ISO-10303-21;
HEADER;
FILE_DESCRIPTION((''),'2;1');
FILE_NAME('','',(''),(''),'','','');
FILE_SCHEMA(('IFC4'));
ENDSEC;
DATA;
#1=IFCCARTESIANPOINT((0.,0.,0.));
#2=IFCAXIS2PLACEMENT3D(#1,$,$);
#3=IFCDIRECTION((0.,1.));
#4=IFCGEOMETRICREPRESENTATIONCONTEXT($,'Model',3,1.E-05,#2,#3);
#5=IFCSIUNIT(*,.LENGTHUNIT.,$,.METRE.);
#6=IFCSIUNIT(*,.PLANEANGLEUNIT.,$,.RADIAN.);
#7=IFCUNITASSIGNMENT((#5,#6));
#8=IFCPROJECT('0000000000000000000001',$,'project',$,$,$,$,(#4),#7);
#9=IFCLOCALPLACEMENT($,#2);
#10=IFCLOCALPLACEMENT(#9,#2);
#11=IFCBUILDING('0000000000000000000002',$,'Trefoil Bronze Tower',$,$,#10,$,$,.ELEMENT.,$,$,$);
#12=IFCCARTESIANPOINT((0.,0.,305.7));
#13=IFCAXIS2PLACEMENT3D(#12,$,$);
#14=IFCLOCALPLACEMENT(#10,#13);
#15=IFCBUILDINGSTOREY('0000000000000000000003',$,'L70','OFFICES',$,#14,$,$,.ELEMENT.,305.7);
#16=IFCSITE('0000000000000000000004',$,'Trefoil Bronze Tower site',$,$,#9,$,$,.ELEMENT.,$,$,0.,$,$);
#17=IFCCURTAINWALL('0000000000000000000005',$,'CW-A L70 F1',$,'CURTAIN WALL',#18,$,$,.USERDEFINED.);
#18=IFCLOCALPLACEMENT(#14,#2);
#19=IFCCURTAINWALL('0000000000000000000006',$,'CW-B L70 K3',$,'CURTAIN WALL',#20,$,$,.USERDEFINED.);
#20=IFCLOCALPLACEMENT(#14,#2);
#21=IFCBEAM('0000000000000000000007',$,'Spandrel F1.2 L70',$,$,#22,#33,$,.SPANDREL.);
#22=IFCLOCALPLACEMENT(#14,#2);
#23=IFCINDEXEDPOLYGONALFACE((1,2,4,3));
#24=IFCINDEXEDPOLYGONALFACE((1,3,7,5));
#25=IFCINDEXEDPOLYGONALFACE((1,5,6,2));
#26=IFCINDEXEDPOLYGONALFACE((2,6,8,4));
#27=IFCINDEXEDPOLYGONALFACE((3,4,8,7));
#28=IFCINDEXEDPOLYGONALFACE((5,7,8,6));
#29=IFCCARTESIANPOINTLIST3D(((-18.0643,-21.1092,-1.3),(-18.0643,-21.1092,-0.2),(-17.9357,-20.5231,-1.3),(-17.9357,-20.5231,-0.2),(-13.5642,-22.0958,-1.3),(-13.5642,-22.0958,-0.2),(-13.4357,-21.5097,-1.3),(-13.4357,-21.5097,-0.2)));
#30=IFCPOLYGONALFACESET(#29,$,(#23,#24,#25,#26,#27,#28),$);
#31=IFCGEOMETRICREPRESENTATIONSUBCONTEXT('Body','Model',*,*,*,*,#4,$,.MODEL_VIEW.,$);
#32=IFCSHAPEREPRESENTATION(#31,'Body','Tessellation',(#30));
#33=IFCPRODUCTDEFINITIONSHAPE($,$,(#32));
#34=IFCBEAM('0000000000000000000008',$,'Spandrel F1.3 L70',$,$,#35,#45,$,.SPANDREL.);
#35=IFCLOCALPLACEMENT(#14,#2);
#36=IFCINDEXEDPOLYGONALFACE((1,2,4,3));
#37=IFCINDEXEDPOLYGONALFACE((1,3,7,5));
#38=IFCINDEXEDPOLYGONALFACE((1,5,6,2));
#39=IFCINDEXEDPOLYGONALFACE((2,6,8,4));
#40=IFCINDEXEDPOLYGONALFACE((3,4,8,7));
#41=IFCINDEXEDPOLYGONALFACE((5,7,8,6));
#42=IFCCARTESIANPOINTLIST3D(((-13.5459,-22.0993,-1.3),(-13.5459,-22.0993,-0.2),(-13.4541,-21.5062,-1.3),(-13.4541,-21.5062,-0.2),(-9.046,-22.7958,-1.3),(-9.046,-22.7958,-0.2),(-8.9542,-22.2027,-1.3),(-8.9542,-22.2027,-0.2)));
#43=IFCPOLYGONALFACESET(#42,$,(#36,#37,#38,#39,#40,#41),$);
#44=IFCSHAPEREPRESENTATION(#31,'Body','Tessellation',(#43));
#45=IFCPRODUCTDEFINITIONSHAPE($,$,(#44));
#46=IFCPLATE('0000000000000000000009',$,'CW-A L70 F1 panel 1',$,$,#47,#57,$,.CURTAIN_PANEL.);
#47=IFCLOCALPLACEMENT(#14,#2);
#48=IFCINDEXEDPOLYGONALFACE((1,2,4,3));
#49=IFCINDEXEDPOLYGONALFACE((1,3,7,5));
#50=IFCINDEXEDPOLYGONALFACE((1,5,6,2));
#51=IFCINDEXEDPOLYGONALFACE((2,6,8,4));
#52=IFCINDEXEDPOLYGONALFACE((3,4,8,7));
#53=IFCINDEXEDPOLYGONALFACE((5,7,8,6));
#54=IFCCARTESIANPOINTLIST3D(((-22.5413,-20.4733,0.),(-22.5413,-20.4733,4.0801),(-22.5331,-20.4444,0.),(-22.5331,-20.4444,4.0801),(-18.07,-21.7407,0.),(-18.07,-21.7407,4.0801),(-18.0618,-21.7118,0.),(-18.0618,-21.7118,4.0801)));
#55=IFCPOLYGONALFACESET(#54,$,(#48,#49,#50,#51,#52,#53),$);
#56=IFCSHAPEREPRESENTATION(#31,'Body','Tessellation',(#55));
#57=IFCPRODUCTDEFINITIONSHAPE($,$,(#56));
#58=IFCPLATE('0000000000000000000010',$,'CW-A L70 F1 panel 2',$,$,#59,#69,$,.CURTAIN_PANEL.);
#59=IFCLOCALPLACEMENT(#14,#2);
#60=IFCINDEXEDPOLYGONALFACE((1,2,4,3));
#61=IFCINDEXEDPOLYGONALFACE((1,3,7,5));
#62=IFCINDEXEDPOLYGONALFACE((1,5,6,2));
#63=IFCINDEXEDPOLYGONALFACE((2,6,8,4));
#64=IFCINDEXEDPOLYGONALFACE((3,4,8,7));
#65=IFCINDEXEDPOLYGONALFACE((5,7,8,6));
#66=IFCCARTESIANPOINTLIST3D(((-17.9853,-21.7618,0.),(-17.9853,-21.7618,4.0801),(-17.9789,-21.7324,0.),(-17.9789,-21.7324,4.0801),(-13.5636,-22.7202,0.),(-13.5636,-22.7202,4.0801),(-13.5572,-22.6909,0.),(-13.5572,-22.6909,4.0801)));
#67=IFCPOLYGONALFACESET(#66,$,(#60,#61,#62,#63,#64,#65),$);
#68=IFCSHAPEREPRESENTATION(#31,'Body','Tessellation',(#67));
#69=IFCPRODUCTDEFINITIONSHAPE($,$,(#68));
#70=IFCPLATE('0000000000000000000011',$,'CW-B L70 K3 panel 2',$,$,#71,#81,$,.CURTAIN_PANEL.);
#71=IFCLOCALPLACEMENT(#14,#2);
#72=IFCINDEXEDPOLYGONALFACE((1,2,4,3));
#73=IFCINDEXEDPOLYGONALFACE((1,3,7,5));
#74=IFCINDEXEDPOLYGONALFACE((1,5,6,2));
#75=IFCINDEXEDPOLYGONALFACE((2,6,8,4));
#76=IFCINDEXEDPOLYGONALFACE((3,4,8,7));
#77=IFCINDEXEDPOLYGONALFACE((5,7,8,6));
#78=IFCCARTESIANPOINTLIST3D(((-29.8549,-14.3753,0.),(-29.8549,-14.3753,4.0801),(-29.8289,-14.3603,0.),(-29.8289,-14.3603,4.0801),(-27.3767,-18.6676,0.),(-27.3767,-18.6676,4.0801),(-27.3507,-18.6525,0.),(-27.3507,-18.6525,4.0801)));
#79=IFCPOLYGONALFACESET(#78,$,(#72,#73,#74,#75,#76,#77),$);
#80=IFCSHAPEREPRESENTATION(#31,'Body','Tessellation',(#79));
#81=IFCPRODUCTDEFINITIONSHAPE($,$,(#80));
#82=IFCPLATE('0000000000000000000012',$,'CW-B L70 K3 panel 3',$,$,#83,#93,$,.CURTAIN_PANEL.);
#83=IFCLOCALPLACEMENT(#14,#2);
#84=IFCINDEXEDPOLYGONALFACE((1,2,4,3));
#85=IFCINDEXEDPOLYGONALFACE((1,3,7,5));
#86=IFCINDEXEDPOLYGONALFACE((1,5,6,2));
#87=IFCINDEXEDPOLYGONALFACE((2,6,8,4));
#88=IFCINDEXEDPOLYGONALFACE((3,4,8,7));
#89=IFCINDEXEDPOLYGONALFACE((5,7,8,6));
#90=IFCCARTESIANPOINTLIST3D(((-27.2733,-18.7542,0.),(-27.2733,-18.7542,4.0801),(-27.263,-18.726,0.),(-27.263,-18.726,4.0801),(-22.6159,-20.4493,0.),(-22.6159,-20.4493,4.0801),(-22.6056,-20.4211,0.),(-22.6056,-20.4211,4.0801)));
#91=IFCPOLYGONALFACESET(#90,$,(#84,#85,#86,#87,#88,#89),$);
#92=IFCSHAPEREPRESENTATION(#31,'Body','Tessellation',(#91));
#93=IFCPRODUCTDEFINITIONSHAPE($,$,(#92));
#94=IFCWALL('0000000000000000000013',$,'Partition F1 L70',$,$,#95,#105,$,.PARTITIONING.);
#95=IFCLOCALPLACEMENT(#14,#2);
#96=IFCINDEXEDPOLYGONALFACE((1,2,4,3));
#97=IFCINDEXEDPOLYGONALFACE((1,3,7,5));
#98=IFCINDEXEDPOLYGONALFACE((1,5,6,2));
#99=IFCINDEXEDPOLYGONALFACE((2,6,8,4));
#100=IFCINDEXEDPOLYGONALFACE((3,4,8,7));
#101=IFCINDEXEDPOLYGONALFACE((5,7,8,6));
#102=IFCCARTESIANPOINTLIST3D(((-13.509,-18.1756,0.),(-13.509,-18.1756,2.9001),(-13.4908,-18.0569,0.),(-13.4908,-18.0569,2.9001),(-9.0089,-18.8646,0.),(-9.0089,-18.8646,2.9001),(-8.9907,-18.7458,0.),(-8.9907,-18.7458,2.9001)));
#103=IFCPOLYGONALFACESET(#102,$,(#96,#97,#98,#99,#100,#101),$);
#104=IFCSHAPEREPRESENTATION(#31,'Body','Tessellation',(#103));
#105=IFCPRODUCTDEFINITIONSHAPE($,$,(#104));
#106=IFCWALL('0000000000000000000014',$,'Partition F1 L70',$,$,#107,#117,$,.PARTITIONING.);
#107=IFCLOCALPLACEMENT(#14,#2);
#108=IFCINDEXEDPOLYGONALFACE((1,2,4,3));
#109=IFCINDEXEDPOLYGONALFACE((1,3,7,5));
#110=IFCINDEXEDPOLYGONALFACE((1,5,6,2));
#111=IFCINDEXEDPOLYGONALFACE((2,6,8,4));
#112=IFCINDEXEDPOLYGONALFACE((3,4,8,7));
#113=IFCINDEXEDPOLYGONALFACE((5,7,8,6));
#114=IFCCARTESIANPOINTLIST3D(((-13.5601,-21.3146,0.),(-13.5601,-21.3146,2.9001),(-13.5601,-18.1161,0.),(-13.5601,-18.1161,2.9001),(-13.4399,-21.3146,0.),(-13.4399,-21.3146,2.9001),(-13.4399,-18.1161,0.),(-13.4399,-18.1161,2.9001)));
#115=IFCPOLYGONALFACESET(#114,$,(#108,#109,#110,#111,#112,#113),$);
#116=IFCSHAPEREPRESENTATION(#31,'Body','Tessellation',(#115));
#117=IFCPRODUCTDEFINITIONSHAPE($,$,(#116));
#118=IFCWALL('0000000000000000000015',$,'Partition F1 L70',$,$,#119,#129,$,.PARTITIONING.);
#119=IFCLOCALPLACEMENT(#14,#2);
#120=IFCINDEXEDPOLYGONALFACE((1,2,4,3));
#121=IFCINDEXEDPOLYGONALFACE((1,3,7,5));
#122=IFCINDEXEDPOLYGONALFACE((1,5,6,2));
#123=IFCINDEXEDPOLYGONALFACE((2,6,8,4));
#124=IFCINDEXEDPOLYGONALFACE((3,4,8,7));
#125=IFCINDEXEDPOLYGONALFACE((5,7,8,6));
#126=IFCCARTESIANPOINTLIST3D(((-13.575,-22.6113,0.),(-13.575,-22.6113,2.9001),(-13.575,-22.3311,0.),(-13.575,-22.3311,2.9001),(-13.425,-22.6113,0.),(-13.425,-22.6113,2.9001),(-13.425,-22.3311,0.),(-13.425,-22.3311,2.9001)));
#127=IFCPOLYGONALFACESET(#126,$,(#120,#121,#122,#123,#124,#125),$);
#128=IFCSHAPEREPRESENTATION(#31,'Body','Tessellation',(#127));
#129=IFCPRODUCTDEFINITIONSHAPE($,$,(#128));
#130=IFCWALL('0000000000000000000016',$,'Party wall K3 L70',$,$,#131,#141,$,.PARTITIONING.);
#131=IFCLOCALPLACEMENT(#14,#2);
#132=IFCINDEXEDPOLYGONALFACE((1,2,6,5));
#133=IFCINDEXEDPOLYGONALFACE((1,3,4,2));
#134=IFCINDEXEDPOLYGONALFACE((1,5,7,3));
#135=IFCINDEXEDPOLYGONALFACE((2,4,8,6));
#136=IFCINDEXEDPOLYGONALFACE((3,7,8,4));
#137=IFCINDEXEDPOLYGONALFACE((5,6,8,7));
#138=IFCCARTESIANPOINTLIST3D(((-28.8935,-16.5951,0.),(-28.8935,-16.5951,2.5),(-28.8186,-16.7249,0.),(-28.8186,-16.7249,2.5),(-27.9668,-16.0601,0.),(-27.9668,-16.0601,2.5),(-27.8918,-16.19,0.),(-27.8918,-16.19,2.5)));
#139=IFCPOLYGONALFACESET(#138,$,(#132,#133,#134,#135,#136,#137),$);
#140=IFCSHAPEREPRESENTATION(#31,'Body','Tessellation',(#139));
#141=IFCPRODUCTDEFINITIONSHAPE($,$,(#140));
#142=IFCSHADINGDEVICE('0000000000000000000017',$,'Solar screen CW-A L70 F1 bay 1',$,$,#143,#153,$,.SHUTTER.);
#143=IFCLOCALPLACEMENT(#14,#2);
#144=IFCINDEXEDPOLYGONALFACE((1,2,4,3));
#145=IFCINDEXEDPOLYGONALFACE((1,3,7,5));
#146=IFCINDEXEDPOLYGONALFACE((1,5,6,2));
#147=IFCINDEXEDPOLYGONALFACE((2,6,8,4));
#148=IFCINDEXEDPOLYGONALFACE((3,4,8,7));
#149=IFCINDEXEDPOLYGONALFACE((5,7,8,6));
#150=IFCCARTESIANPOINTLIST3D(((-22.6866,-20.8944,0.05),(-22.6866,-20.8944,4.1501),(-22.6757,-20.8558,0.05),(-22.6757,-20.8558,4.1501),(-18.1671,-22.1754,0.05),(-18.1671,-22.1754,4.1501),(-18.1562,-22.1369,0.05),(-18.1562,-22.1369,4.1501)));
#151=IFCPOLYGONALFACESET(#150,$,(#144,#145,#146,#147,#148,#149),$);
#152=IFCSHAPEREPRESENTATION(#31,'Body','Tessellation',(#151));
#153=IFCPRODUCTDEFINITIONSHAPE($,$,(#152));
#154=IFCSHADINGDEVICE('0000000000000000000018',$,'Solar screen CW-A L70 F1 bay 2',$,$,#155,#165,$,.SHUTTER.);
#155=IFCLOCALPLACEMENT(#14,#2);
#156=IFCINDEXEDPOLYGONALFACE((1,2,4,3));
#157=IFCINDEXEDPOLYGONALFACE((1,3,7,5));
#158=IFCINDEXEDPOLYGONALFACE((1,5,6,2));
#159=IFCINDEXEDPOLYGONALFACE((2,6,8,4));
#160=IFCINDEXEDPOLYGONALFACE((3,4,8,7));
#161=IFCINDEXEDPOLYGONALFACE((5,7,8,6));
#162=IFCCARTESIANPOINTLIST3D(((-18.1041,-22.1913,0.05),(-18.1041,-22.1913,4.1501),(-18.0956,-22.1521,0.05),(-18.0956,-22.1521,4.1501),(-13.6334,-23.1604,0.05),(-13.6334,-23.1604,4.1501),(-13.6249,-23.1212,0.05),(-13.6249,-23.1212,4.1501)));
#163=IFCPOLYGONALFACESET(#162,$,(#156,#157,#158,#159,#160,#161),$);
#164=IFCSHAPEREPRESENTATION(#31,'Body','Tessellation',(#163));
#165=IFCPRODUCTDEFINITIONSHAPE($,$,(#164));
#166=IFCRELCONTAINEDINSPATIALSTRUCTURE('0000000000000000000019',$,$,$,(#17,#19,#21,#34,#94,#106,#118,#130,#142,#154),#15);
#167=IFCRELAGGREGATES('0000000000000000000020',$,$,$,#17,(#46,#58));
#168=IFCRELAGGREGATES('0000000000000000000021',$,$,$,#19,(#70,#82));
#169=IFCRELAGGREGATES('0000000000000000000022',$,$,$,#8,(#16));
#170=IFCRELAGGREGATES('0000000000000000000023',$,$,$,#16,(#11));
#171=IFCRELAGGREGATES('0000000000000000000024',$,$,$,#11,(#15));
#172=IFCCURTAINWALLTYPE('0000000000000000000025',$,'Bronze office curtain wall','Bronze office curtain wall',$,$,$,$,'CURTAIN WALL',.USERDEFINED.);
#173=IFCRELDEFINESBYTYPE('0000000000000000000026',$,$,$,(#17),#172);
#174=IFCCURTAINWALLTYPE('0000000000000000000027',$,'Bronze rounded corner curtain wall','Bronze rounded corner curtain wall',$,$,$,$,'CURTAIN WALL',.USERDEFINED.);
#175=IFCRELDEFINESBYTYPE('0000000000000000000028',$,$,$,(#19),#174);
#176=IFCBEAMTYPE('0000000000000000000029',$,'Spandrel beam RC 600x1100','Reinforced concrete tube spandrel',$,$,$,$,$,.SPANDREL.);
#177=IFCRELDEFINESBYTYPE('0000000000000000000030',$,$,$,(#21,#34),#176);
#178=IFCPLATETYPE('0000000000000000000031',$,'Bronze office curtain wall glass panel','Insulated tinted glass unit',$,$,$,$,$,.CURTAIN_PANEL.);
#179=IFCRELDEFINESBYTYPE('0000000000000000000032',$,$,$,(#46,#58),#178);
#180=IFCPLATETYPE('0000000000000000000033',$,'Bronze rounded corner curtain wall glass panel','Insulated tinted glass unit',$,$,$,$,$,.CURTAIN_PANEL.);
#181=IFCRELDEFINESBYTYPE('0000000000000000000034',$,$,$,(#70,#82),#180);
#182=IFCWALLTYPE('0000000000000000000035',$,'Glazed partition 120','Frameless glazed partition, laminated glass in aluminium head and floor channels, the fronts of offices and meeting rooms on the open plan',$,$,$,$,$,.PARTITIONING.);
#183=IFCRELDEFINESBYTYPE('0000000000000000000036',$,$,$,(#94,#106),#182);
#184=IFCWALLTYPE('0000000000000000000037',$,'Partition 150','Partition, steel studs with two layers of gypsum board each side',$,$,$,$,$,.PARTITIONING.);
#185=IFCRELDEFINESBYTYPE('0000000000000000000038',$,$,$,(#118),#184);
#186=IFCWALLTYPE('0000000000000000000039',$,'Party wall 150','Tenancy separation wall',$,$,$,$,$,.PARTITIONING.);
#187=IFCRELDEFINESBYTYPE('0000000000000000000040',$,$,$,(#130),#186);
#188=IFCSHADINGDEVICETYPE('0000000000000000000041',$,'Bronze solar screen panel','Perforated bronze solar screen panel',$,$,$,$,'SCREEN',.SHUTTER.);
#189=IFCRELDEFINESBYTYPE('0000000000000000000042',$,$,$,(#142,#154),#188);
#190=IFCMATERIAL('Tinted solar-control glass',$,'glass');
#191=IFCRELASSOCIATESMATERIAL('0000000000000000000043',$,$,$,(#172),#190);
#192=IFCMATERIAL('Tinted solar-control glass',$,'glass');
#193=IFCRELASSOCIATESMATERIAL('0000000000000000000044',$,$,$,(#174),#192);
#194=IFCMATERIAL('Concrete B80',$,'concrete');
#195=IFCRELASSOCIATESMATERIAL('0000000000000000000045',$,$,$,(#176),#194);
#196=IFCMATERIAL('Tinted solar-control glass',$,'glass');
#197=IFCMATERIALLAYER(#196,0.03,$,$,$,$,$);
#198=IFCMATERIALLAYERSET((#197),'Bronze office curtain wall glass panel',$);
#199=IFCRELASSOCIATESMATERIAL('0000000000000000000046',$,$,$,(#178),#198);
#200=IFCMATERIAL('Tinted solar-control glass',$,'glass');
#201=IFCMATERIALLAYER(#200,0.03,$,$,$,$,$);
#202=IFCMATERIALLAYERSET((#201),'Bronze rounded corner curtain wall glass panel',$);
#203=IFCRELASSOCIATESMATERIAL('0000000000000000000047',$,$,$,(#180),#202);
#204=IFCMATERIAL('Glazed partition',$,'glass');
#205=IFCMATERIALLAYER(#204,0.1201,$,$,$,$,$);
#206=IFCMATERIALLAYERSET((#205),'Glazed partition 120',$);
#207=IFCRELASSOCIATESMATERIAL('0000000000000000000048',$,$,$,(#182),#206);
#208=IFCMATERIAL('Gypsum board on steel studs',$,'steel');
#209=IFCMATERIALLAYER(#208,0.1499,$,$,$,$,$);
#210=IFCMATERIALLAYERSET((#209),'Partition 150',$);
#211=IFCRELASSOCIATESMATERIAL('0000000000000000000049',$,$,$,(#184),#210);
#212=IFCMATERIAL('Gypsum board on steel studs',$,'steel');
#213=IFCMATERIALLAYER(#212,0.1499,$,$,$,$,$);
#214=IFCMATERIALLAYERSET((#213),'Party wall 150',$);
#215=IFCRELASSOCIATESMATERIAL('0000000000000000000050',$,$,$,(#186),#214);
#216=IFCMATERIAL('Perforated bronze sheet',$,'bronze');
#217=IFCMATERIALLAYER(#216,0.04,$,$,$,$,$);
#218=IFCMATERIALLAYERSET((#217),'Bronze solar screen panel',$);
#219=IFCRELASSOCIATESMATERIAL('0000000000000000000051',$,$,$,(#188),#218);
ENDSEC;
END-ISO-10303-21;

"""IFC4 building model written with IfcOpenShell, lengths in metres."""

from ifc_helpers import new_model, si_unit, direction, frame, frame_2d, origin, origin_2d, place, context, subcontext, project, spatial, rectangle, extrude, material, layer, layer_set, material_profile, profile_set, type_object, element, aggregate, save


model = new_model("IFC4")

# Units and contexts
model_context = context("Model", 3, precision=1e-05, world=origin(), true_north=direction((0.0, 1.0)))
body_context = subcontext(model_context, "Body", "Model", "MODEL_VIEW")
ifc_project = project(units=[si_unit("LENGTHUNIT", "METRE"), si_unit("PLANEANGLEUNIT", "RADIAN")], contexts=[model_context])

# Site, building, storey
site_placement = place(None, origin())
site = spatial("IfcSite", under=ifc_project, at=site_placement, Name="Trefoil Bronze Tower site", CompositionType="ELEMENT", RefElevation=0.0)
building_placement = place(site_placement, origin())
building = spatial("IfcBuilding", under=site, at=building_placement, Name="Trefoil Bronze Tower", CompositionType="ELEMENT")
storey_placement = place(building_placement, frame((0.0, 0.0, 305.7)))
storey = spatial("IfcBuildingStorey", under=building, at=storey_placement, Name="L70", Description="OFFICES", CompositionType="ELEMENT", Elevation=305.7)

# Curtain walls
ifc_material_1 = material(Name="Tinted solar-control glass", Category="glass")
curtain_wall_type_1 = type_object("IfcCurtainWallType", Name="Bronze office curtain wall", Description="Bronze office curtain wall", ElementType="CURTAIN WALL", PredefinedType="USERDEFINED", material=ifc_material_1)
curtain_wall_1_placement = place(storey_placement, origin())
curtain_wall_1 = element("IfcCurtainWall", 1, at=curtain_wall_1_placement, inside=storey, type_object=curtain_wall_type_1, Name="CW-A L70 F1", ObjectType="CURTAIN WALL", PredefinedType="USERDEFINED")
ifc_material_2 = material(Name="Tinted solar-control glass", Category="glass")
curtain_wall_type_2 = type_object("IfcCurtainWallType", Name="Bronze rounded corner curtain wall", Description="Bronze rounded corner curtain wall", ElementType="CURTAIN WALL", PredefinedType="USERDEFINED", material=ifc_material_2)
curtain_wall_2_placement = place(storey_placement, origin())
curtain_wall_2 = element("IfcCurtainWall", 2, at=curtain_wall_2_placement, inside=storey, type_object=curtain_wall_type_2, Name="CW-B L70 K3", ObjectType="CURTAIN WALL", PredefinedType="USERDEFINED")

# Beams
ifc_material_3 = material(Name="Concrete B80", Category="concrete")
ifc_material_profile_1 = material_profile(ifc_material_3, rectangle(XDim=0.6001, YDim=1.1001, at=origin_2d()), Name="RC 600x1100")
ifc_profile_set_1 = profile_set([ifc_material_profile_1], Name="Concrete B80")
beam_type_1 = type_object("IfcBeamType", Name="Spandrel beam RC 600x1100", Description="Reinforced concrete tube spandrel", PredefinedType="SPANDREL", material=ifc_profile_set_1)
beam_1_placement = place(storey_placement, frame((-18.0, -20.8162, -0.75), z_axis=(0.9768, -0.214152, 0.0), x_axis=(0.214152, 0.9768, 0.0)))
element("IfcBeam", 3, at=beam_1_placement, inside=storey, type_object=beam_type_1, Name="Spandrel F1.2 L70", PredefinedType="SPANDREL", context=body_context, shape_type="SweptSolid", body=[
    extrude(rectangle(XDim=0.6001, YDim=1.1001, at=origin_2d()), origin(), (0.0, 0.0, 1.0), 4.6069),
])
beam_2_placement = place(storey_placement, frame((-13.5, -21.8027, -0.75), z_axis=(0.988232, -0.152964, 0.0), x_axis=(0.152964, 0.988232, 0.0)))
element("IfcBeam", 4, at=beam_2_placement, inside=storey, type_object=beam_type_1, Name="Spandrel F1.3 L70", PredefinedType="SPANDREL", context=body_context, shape_type="SweptSolid", body=[
    extrude(rectangle(XDim=0.6001, YDim=1.1001, at=origin_2d()), origin(), (0.0, 0.0, 1.0), 4.5535),
])

# Plates
ifc_material_4 = material(Name="Tinted solar-control glass", Category="glass")
ifc_layer_1 = layer(ifc_material_4, 0.03)
ifc_layer_set_1 = layer_set([ifc_layer_1], Name="Bronze office curtain wall glass panel")
plate_type_1 = type_object("IfcPlateType", Name="Bronze office curtain wall glass panel", Description="Insulated tinted glass unit", PredefinedType="CURTAIN_PANEL", material=ifc_layer_set_1)
plate_1_placement = place(storey_placement, frame((-20.3015, -21.0925, 0.0), z_axis=(0.0, 0.0, 1.0), x_axis=(0.962098, -0.272705, 0.0)))
plate_1 = element("IfcPlate", 5, at=plate_1_placement, type_object=plate_type_1, Name="CW-A L70 F1 panel 1", PredefinedType="CURTAIN_PANEL", context=body_context, shape_type="SweptSolid", body=[
    extrude(rectangle(XDim=4.6475, YDim=0.03, at=origin_2d()), origin(), (0.0, 0.0, 1.0), 4.0801),
])
plate_2_placement = place(storey_placement, frame((-15.7712, -22.2263, 0.0), z_axis=(0.0, 0.0, 1.0), x_axis=(0.977303, -0.211846, 0.0)))
plate_2 = element("IfcPlate", 6, at=plate_2_placement, type_object=plate_type_1, Name="CW-A L70 F1 panel 2", PredefinedType="CURTAIN_PANEL", context=body_context, shape_type="SweptSolid", body=[
    extrude(rectangle(XDim=4.5244, YDim=0.03, at=origin_2d()), origin(), (0.0, 0.0, 1.0), 4.0801),
])
aggregate(curtain_wall_1, [plate_1, plate_2])
ifc_material_5 = material(Name="Tinted solar-control glass", Category="glass")
ifc_layer_2 = layer(ifc_material_5, 0.03)
ifc_layer_set_2 = layer_set([ifc_layer_2], Name="Bronze rounded corner curtain wall glass panel")
plate_type_2 = type_object("IfcPlateType", Name="Bronze rounded corner curtain wall glass panel", Description="Insulated tinted glass unit", PredefinedType="CURTAIN_PANEL", material=ifc_layer_set_2)
plate_3_placement = place(storey_placement, frame((-28.6028, -16.5139, 0.0), z_axis=(0.0, 0.0, 1.0), x_axis=(0.5, -0.866025, 0.0)))
plate_3 = element("IfcPlate", 7, at=plate_3_placement, type_object=plate_type_2, Name="CW-B L70 K3 panel 2", PredefinedType="CURTAIN_PANEL", context=body_context, shape_type="SweptSolid", body=[
    extrude(rectangle(XDim=4.9563, YDim=0.03, at=origin_2d()), origin(), (0.0, 0.0, 1.0), 4.0801),
])
plate_4_placement = place(storey_placement, frame((-24.9395, -19.5876, 0.0), z_axis=(0.0, 0.0, 1.0), x_axis=(0.939693, -0.34202, 0.0)))
plate_4 = element("IfcPlate", 8, at=plate_4_placement, type_object=plate_type_2, Name="CW-B L70 K3 panel 3", PredefinedType="CURTAIN_PANEL", context=body_context, shape_type="SweptSolid", body=[
    extrude(rectangle(XDim=4.9563, YDim=0.03, at=origin_2d()), origin(), (0.0, 0.0, 1.0), 4.0801),
])
aggregate(curtain_wall_2, [plate_3, plate_4])

# Walls
ifc_material_6 = material(Name="Glazed partition", Category="glass")
ifc_layer_3 = layer(ifc_material_6, 0.1201)
ifc_layer_set_3 = layer_set([ifc_layer_3], Name="Glazed partition 120")
wall_type_1 = type_object("IfcWallType", Name="Glazed partition 120", Description="Frameless glazed partition, laminated glass in aluminium head and floor channels, the fronts of offices and meeting rooms on the open plan", PredefinedType="PARTITIONING", material=ifc_layer_set_3)
wall_1_placement = place(storey_placement, frame((-13.5, -18.1162, 0.0), z_axis=(0.0, 0.0, 1.0), x_axis=(0.988482, -0.15134, 0.0)))
element("IfcWall", 9, at=wall_1_placement, inside=storey, type_object=wall_type_1, Name="Partition F1 L70", PredefinedType="PARTITIONING", context=body_context, shape_type="SweptSolid", body=[
    extrude(rectangle(XDim=4.5525, YDim=0.1201, at=frame_2d((2.2764, 0.0))), origin(), (0.0, 0.0, 1.0), 2.9001),
])
wall_2_placement = place(storey_placement, frame((-13.5, -18.1162, 0.0), z_axis=(0.0, 0.0, 1.0), x_axis=(0.0, -1.0, 0.0)))
element("IfcWall", 10, at=wall_2_placement, inside=storey, type_object=wall_type_1, Name="Partition F1 L70", PredefinedType="PARTITIONING", context=body_context, shape_type="SweptSolid", body=[
    extrude(rectangle(XDim=3.1985, YDim=0.1201, at=frame_2d((1.5991, 0.0))), origin(), (0.0, 0.0, 1.0), 2.9001),
])
ifc_material_7 = material(Name="Gypsum board on steel studs", Category="steel")
ifc_layer_4 = layer(ifc_material_7, 0.1499)
ifc_layer_set_4 = layer_set([ifc_layer_4], Name="Partition 150")
wall_type_2 = type_object("IfcWallType", Name="Partition 150", Description="Partition, steel studs with two layers of gypsum board each side", PredefinedType="PARTITIONING", material=ifc_layer_set_4)
wall_3_placement = place(storey_placement, frame((-13.5, -22.3311, 0.0), z_axis=(0.0, 0.0, 1.0), x_axis=(0.0, -1.0, 0.0)))
element("IfcWall", 11, at=wall_3_placement, inside=storey, type_object=wall_type_2, Name="Partition F1 L70", PredefinedType="PARTITIONING", context=body_context, shape_type="SweptSolid", body=[
    extrude(rectangle(XDim=0.2803, YDim=0.1499, at=frame_2d((0.1401, 0.0))), origin(), (0.0, 0.0, 1.0), 2.9001),
])
ifc_material_8 = material(Name="Gypsum board on steel studs", Category="steel")
ifc_layer_5 = layer(ifc_material_8, 0.1499)
ifc_layer_set_5 = layer_set([ifc_layer_5], Name="Party wall 150")
wall_type_3 = type_object("IfcWallType", Name="Party wall 150", Description="Tenancy separation wall", PredefinedType="PARTITIONING", material=ifc_layer_set_5)
wall_4_placement = place(storey_placement, frame((-27.9292, -16.125, 0.0), z_axis=(0.0, 0.0, 1.0), x_axis=(-0.866087, -0.499894, 0.0)))
element("IfcWall", 12, at=wall_4_placement, inside=storey, type_object=wall_type_3, Name="Party wall K3 L70", PredefinedType="PARTITIONING", context=body_context, shape_type="SweptSolid", body=[
    extrude(rectangle(XDim=1.0701, YDim=0.1499, at=frame_2d((0.5352, 0.0))), origin(), (0.0, 0.0, 1.0), 2.5),
])

# Shading devices
ifc_material_9 = material(Name="Perforated bronze sheet", Category="bronze")
ifc_layer_6 = layer(ifc_material_9, 0.04)
ifc_layer_set_6 = layer_set([ifc_layer_6], Name="Bronze solar screen panel")
shading_device_type = type_object("IfcShadingDeviceType", Name="Bronze solar screen panel", Description="Perforated bronze solar screen panel", ElementType="SCREEN", PredefinedType="SHUTTER", material=ifc_layer_set_6)
shading_device_1_placement = place(storey_placement, frame((-20.4214, -21.5156, 0.05), z_axis=(0.0, 0.0, 1.0), x_axis=(0.962098, -0.272705, 0.0)))
element("IfcShadingDevice", 13, at=shading_device_1_placement, inside=storey, type_object=shading_device_type, Name="Solar screen CW-A L70 F1 bay 1", PredefinedType="SHUTTER", context=body_context, shape_type="SweptSolid", body=[
    extrude(rectangle(XDim=4.6975, YDim=0.04, at=origin_2d()), origin(), (0.0, 0.0, 1.0), 4.1001),
])
shading_device_2_placement = place(storey_placement, frame((-15.8645, -22.6562, 0.05), z_axis=(0.0, 0.0, 1.0), x_axis=(0.977303, -0.211846, 0.0)))
element("IfcShadingDevice", 14, at=shading_device_2_placement, inside=storey, type_object=shading_device_type, Name="Solar screen CW-A L70 F1 bay 2", PredefinedType="SHUTTER", context=body_context, shape_type="SweptSolid", body=[
    extrude(rectangle(XDim=4.5745, YDim=0.04, at=origin_2d()), origin(), (0.0, 0.0, 1.0), 4.1001),
])

save(model, "model.ifc")
